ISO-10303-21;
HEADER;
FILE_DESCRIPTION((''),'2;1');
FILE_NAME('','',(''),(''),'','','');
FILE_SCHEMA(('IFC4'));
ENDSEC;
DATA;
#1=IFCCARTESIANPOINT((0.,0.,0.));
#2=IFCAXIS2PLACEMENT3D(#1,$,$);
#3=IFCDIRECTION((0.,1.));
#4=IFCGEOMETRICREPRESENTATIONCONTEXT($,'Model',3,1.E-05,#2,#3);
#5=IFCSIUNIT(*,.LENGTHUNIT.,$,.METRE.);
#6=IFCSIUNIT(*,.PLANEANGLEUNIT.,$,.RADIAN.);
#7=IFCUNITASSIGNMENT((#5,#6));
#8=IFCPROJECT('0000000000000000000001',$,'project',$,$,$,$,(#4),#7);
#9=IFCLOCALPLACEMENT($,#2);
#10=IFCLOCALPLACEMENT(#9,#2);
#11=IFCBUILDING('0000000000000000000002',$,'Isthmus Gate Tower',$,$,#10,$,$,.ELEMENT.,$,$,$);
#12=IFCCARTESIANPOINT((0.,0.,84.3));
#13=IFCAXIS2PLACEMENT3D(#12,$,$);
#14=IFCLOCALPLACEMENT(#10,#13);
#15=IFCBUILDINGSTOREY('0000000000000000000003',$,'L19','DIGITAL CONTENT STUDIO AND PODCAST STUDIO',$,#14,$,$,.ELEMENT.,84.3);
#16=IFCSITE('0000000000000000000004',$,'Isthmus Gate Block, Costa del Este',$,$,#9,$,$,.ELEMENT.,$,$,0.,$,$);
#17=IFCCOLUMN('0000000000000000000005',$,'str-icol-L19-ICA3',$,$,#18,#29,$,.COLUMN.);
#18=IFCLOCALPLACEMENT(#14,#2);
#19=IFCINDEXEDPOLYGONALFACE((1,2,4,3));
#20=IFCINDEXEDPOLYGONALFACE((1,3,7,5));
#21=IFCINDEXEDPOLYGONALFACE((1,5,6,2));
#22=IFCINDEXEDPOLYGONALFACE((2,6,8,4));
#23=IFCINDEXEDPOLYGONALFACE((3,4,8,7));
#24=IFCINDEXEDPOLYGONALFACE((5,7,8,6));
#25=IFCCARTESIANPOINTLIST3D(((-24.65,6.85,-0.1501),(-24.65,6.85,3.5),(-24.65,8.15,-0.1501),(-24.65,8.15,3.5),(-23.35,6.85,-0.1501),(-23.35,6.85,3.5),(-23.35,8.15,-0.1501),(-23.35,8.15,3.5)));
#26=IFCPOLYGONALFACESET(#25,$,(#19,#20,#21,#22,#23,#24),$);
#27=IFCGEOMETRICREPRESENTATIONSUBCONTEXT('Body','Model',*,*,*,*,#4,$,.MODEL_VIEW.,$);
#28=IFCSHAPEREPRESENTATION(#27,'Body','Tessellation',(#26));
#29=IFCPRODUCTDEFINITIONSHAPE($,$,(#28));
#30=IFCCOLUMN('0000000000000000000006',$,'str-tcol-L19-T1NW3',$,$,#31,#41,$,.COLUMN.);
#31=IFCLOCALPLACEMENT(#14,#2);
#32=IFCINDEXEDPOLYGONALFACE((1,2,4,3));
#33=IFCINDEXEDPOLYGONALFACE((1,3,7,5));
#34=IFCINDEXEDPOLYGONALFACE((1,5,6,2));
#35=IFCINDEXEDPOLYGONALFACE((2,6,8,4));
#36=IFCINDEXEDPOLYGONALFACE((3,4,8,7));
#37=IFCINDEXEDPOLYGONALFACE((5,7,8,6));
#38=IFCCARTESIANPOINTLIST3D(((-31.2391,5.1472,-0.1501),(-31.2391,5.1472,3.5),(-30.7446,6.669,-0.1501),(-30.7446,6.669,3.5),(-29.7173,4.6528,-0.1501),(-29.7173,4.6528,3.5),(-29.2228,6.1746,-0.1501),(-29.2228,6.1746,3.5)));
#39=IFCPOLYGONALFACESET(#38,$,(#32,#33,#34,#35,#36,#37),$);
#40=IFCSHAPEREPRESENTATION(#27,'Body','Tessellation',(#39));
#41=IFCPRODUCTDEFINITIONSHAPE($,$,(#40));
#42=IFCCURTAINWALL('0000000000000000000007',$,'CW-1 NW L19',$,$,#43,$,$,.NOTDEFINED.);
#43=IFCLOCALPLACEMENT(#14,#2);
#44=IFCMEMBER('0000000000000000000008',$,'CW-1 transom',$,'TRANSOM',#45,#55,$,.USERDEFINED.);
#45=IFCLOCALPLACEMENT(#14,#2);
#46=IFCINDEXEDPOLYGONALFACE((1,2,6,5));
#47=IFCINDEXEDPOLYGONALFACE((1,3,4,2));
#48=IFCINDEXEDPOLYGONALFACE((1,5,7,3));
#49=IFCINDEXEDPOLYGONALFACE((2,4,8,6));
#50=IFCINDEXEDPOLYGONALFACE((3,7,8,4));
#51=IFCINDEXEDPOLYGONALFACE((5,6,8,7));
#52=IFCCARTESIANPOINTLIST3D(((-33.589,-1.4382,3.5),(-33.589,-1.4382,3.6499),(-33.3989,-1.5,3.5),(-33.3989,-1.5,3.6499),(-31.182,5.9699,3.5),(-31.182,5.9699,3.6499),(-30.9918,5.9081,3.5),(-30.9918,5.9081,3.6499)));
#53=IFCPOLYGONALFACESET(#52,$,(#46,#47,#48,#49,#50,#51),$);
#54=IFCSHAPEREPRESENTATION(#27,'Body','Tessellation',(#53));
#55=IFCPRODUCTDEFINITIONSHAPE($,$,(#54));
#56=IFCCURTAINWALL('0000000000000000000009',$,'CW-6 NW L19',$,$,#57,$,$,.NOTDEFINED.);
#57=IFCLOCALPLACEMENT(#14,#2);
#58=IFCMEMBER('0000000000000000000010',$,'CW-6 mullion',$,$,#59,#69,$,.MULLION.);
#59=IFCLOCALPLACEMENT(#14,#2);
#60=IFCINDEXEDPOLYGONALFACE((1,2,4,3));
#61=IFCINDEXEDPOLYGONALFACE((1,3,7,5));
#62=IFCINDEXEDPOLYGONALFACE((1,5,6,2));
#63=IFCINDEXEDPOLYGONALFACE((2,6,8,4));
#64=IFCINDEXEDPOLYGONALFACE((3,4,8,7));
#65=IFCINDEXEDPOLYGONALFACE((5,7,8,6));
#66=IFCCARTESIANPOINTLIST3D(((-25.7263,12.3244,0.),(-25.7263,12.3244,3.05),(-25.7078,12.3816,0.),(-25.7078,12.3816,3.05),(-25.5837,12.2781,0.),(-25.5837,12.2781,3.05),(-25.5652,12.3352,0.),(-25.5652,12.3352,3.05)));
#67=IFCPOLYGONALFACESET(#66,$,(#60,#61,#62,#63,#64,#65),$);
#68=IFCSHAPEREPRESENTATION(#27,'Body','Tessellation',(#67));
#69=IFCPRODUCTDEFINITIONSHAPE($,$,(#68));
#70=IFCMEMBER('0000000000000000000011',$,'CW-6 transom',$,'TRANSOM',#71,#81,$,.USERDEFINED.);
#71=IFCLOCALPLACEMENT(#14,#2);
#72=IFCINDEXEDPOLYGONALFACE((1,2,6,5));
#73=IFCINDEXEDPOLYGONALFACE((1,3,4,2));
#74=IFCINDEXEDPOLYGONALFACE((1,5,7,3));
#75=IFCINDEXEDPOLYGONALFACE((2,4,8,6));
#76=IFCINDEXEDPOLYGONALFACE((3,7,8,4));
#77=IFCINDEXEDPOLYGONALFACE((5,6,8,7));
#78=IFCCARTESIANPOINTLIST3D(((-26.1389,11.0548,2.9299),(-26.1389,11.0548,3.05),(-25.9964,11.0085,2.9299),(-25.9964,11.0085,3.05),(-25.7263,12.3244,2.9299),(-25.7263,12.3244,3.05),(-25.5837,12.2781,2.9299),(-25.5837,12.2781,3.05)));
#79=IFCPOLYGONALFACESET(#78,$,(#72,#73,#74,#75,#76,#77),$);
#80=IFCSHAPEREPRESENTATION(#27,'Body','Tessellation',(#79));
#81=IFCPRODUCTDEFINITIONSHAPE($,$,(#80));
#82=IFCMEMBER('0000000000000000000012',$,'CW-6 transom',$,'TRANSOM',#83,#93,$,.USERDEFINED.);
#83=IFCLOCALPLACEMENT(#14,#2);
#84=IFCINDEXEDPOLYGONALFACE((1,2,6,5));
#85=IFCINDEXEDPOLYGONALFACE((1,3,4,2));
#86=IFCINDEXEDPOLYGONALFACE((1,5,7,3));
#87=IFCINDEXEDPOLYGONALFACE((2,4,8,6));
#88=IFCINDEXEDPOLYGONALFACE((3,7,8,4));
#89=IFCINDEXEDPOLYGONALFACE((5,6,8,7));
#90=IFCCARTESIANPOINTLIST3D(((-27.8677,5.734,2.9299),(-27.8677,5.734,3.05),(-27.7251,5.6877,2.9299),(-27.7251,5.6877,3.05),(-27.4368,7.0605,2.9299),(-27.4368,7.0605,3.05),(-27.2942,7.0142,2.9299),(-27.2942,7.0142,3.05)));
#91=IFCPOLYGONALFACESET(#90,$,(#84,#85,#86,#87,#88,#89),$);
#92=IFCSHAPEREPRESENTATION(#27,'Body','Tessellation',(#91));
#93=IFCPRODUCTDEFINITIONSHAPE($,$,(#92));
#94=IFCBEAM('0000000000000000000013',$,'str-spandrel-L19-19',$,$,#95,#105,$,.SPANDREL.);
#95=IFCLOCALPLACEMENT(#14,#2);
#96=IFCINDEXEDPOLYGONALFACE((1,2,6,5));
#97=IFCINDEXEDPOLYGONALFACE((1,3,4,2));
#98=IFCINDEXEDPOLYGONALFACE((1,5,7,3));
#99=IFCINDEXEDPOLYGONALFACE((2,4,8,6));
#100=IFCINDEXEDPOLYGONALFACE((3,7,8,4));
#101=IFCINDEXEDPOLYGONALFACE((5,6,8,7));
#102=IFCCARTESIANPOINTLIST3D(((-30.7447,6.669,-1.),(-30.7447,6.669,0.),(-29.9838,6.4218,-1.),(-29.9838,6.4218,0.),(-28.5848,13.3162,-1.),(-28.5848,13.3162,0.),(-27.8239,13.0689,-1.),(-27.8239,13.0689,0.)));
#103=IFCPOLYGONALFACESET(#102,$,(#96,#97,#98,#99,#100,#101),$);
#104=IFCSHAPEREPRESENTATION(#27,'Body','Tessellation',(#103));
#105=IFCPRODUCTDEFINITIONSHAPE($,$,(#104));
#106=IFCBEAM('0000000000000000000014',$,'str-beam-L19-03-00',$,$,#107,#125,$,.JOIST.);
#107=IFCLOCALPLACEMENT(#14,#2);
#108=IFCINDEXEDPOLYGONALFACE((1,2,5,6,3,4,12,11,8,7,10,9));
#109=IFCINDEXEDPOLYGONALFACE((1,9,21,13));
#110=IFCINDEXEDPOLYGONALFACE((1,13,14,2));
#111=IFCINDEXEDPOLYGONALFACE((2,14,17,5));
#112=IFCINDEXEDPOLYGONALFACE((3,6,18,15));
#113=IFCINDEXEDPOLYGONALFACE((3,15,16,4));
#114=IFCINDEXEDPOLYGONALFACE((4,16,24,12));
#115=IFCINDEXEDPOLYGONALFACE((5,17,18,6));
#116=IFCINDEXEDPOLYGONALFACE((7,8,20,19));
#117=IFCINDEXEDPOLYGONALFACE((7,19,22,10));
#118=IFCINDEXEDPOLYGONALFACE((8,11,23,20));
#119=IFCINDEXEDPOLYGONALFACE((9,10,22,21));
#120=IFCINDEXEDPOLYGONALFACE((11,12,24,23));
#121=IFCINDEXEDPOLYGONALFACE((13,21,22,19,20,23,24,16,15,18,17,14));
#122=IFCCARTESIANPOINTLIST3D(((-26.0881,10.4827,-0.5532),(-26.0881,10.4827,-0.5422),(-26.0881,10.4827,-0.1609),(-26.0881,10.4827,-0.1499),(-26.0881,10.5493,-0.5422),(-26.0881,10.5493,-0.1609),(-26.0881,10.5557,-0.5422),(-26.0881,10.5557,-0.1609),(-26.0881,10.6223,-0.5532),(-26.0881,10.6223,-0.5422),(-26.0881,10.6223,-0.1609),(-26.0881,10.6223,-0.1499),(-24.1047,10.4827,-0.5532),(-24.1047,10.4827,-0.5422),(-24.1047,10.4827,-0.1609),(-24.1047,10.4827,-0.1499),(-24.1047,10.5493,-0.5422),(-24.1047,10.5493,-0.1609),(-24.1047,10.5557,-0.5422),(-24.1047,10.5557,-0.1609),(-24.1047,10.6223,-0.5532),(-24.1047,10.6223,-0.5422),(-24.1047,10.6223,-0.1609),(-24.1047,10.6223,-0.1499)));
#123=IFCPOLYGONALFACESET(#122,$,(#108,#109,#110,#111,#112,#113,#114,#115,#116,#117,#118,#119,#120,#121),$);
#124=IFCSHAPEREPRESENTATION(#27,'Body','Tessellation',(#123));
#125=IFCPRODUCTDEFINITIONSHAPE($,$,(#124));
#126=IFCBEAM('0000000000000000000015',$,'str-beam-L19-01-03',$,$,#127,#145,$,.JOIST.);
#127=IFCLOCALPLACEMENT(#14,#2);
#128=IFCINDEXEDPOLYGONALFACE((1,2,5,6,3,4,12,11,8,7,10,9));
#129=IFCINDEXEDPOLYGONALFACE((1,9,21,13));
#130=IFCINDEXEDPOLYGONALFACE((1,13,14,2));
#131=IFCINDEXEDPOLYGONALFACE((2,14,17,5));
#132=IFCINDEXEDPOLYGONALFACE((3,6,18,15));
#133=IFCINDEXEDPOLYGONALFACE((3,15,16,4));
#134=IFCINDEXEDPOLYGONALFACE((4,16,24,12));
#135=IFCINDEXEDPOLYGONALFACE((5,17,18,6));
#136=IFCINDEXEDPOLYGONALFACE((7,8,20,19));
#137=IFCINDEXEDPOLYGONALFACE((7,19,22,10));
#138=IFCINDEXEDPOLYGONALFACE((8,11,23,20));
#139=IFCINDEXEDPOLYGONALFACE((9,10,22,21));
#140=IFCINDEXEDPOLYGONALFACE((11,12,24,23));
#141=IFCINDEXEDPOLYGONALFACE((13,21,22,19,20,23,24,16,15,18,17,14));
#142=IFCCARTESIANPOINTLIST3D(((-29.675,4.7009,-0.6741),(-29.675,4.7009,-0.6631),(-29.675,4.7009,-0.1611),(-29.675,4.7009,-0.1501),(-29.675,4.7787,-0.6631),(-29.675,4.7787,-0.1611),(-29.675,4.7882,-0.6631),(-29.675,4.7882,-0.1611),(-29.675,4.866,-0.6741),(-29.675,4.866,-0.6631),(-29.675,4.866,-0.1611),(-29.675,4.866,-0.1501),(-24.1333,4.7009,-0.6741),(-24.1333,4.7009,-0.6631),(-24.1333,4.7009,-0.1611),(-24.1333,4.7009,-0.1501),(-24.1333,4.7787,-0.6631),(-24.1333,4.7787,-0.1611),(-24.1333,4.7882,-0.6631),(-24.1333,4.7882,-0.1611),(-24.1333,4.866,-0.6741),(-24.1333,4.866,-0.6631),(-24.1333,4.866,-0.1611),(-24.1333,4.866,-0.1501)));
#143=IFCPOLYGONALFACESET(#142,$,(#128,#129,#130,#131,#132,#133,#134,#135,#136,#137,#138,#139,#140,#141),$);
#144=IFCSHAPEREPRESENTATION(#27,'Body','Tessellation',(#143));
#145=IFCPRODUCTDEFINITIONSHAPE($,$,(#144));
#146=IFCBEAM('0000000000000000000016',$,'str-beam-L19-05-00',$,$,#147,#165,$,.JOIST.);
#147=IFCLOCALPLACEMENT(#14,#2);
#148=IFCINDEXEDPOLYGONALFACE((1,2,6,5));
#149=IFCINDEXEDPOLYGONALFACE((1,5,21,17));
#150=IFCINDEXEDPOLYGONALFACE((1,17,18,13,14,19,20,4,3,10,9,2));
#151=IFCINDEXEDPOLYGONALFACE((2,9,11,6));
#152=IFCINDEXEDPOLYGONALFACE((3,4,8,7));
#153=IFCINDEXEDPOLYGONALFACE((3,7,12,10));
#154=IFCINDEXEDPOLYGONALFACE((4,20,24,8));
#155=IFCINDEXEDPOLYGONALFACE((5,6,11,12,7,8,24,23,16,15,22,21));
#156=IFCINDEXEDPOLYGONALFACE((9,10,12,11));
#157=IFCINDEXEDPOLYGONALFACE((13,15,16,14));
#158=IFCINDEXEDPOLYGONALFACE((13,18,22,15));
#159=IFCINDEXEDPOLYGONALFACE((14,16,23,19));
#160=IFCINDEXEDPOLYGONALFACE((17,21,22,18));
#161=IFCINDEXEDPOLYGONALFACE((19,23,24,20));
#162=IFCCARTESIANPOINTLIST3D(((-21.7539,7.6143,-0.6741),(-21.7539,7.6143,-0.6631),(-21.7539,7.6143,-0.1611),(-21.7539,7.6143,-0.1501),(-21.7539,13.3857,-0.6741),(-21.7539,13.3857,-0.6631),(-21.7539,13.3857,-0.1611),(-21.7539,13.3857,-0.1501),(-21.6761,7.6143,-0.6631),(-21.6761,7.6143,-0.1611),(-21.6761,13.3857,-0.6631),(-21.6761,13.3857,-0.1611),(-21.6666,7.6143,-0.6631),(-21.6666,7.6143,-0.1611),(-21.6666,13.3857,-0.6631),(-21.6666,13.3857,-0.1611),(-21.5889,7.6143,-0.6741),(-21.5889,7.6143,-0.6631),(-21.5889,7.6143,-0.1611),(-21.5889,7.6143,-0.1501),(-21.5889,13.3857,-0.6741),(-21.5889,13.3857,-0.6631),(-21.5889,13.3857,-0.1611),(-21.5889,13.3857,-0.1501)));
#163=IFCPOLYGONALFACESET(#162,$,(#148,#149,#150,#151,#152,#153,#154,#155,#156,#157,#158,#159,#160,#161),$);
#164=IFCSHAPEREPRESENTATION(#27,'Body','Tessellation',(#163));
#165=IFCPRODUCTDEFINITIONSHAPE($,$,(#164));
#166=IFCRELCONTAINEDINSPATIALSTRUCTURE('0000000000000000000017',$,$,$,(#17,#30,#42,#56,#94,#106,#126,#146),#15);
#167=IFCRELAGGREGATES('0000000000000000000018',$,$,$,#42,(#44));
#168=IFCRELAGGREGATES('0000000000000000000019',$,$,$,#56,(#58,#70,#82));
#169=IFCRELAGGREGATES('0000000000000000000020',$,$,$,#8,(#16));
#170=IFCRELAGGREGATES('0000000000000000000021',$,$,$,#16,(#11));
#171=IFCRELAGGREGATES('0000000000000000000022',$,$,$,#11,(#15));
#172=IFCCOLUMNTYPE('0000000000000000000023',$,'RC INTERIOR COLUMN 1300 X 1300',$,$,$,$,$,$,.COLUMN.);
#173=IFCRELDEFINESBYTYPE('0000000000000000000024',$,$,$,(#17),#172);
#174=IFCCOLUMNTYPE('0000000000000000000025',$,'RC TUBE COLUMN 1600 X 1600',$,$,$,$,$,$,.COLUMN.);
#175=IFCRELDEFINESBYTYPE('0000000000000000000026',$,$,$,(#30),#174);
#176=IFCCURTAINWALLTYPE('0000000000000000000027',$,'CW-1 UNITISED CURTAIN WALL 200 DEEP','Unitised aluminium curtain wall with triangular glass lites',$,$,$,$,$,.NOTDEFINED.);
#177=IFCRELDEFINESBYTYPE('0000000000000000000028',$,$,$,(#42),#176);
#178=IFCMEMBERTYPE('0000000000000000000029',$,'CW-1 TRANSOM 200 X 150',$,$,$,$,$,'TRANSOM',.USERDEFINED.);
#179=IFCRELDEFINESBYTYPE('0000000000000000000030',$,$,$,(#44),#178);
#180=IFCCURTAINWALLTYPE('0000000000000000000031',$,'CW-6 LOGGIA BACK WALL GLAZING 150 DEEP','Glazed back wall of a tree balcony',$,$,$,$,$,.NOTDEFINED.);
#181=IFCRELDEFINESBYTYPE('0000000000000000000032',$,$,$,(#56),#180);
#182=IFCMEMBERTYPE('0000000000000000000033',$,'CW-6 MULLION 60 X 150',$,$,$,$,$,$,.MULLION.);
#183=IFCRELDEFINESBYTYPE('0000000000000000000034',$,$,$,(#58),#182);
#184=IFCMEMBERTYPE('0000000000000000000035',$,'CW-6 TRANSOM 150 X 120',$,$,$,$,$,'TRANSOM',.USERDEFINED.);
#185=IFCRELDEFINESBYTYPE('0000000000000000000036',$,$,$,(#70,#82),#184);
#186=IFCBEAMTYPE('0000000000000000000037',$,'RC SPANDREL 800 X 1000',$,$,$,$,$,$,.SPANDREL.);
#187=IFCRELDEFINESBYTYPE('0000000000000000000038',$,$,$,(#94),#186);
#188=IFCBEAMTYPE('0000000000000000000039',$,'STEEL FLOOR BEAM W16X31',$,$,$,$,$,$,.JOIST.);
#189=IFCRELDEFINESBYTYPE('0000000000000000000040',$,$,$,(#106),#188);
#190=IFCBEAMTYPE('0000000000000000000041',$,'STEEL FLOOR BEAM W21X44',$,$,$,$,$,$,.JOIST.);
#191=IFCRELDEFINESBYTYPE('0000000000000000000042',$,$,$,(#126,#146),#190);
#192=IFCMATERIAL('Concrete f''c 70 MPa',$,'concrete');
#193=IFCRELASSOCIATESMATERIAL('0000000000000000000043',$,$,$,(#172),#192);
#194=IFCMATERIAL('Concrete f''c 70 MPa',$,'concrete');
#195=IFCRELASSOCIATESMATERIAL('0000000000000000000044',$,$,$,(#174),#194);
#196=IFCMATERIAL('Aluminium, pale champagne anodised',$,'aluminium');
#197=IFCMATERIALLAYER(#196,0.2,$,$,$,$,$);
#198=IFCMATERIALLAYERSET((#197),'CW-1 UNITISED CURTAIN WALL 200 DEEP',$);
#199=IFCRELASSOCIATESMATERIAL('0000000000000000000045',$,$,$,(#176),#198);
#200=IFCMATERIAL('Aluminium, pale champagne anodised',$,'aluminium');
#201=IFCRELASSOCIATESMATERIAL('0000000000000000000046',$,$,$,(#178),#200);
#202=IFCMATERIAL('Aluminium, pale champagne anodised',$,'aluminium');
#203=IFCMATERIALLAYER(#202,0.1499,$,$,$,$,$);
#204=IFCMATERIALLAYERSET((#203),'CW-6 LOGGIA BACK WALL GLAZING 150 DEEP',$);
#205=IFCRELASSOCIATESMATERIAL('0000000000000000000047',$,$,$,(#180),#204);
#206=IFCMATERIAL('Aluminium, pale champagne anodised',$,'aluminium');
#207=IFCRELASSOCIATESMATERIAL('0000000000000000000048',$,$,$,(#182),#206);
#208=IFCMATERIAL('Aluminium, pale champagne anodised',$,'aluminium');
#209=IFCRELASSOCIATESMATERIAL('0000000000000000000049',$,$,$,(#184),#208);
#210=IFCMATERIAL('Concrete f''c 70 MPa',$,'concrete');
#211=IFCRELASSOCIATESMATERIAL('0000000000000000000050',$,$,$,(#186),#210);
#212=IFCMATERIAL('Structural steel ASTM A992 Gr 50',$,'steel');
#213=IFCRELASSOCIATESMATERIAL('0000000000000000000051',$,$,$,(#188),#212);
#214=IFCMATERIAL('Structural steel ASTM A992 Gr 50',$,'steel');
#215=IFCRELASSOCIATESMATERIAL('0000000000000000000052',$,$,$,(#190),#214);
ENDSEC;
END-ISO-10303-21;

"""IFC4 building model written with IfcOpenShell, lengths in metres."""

from ifc_helpers import new_model, si_unit, direction, frame, origin, origin_2d, place, context, subcontext, project, spatial, rectangle, i_section, extrude, material, layer, layer_set, material_profile, profile_set, type_object, element, aggregate, save


model = new_model("IFC4")

# Units and contexts
model_context = context("Model", 3, precision=1e-05, world=origin(), true_north=direction((0.0, 1.0)))
body_context = subcontext(model_context, "Body", "Model", "MODEL_VIEW")
ifc_project = project(units=[si_unit("LENGTHUNIT", "METRE"), si_unit("PLANEANGLEUNIT", "RADIAN")], contexts=[model_context])

# Site, building, storey
site_placement = place(None, origin())
site = spatial("IfcSite", under=ifc_project, at=site_placement, Name="Isthmus Gate Block, Costa del Este", CompositionType="ELEMENT", RefElevation=0.0)
building_placement = place(site_placement, origin())
building = spatial("IfcBuilding", under=site, at=building_placement, Name="Isthmus Gate Tower", CompositionType="ELEMENT")
storey_placement = place(building_placement, frame((0.0, 0.0, 84.3)))
storey = spatial("IfcBuildingStorey", under=building, at=storey_placement, Name="L19", Description="DIGITAL CONTENT STUDIO AND PODCAST STUDIO", CompositionType="ELEMENT", Elevation=84.3)

# Columns
ifc_material_1 = material(Name="Concrete f'c 70 MPa", Category="concrete")
ifc_material_profile_1 = material_profile(ifc_material_1, rectangle(XDim=1.3, YDim=1.3, at=origin_2d()), Name="RC 1300X1300")
ifc_profile_set_1 = profile_set([ifc_material_profile_1], Name="Concrete f'c 70 MPa")
column_type_1 = type_object("IfcColumnType", Name="RC INTERIOR COLUMN 1300 X 1300", PredefinedType="COLUMN", material=ifc_profile_set_1)
column_1_placement = place(storey_placement, frame((-24.0, 7.5, -0.1501), z_axis=(0.0, 0.0, 1.0), x_axis=(1.0, 0.0, 0.0)))
element("IfcColumn", 1, at=column_1_placement, inside=storey, type_object=column_type_1, Name="str-icol-L19-ICA3", PredefinedType="COLUMN", context=body_context, shape_type="SweptSolid", body=[
    extrude(rectangle(XDim=1.3, YDim=1.3, at=origin_2d()), origin(), (0.0, 0.0, 1.0), 3.6501),
])
ifc_material_2 = material(Name="Concrete f'c 70 MPa", Category="concrete")
ifc_material_profile_2 = material_profile(ifc_material_2, rectangle(XDim=1.6001, YDim=1.6001, at=origin_2d()), Name="RC 1600X1600")
ifc_profile_set_2 = profile_set([ifc_material_profile_2], Name="Concrete f'c 70 MPa")
column_type_2 = type_object("IfcColumnType", Name="RC TUBE COLUMN 1600 X 1600", PredefinedType="COLUMN", material=ifc_profile_set_2)
column_2_placement = place(storey_placement, frame((-30.231, 5.6609, -0.1501), z_axis=(0.0, 0.0, 1.0), x_axis=(-0.309017, -0.951057, 0.0)))
element("IfcColumn", 2, at=column_2_placement, inside=storey, type_object=column_type_2, Name="str-tcol-L19-T1NW3", PredefinedType="COLUMN", context=body_context, shape_type="SweptSolid", body=[
    extrude(rectangle(XDim=1.6001, YDim=1.6001, at=origin_2d()), origin(), (0.0, 0.0, 1.0), 3.6501),
])

# Curtain wall, member
ifc_material_3 = material(Name="Aluminium, pale champagne anodised", Category="aluminium")
ifc_layer_1 = layer(ifc_material_3, 0.2)
ifc_layer_set_1 = layer_set([ifc_layer_1], Name="CW-1 UNITISED CURTAIN WALL 200 DEEP")
curtain_wall_type_1 = type_object("IfcCurtainWallType", Name="CW-1 UNITISED CURTAIN WALL 200 DEEP", Description="Unitised aluminium curtain wall with triangular glass lites", PredefinedType="NOTDEFINED", material=ifc_layer_set_1)
curtain_wall_1_placement = place(storey_placement, origin())
curtain_wall_1 = element("IfcCurtainWall", 3, at=curtain_wall_1_placement, inside=storey, type_object=curtain_wall_type_1, Name="CW-1 NW L19", PredefinedType="NOTDEFINED")
ifc_material_4 = material(Name="Aluminium, pale champagne anodised", Category="aluminium")
ifc_material_profile_3 = material_profile(ifc_material_4, rectangle(XDim=0.2, YDim=0.1499, at=origin_2d()), Name="200x150")
ifc_profile_set_3 = profile_set([ifc_material_profile_3], Name="Aluminium, pale champagne anodised")
member_type_1 = type_object("IfcMemberType", Name="CW-1 TRANSOM 200 X 150", ElementType="TRANSOM", PredefinedType="USERDEFINED", material=ifc_profile_set_3)
member_1_placement = place(storey_placement, frame((-31.0869, 5.939, 3.575), z_axis=(-0.309016, -0.951057, 0.0), x_axis=(0.951057, -0.309016, 0.0)))
member_1 = element("IfcMember", 4, at=member_1_placement, type_object=member_type_1, Name="CW-1 transom", ObjectType="TRANSOM", PredefinedType="USERDEFINED", context=body_context, shape_type="SweptSolid", body=[
    extrude(rectangle(XDim=0.2, YDim=0.1499, at=origin_2d()), origin(), (0.0, 0.0, 1.0), 7.7893),
])
aggregate(curtain_wall_1, [member_1])

# Curtain wall, members
ifc_material_5 = material(Name="Aluminium, pale champagne anodised", Category="aluminium")
ifc_layer_2 = layer(ifc_material_5, 0.1499)
ifc_layer_set_2 = layer_set([ifc_layer_2], Name="CW-6 LOGGIA BACK WALL GLAZING 150 DEEP")
curtain_wall_type_2 = type_object("IfcCurtainWallType", Name="CW-6 LOGGIA BACK WALL GLAZING 150 DEEP", Description="Glazed back wall of a tree balcony", PredefinedType="NOTDEFINED", material=ifc_layer_set_2)
curtain_wall_2_placement = place(storey_placement, origin())
curtain_wall_2 = element("IfcCurtainWall", 5, at=curtain_wall_2_placement, inside=storey, type_object=curtain_wall_type_2, Name="CW-6 NW L19", PredefinedType="NOTDEFINED")
ifc_material_6 = material(Name="Aluminium, pale champagne anodised", Category="aluminium")
ifc_material_profile_4 = material_profile(ifc_material_6, rectangle(XDim=0.0601, YDim=0.1499, at=origin_2d()), Name="60x150")
ifc_profile_set_4 = profile_set([ifc_material_profile_4], Name="Aluminium, pale champagne anodised")
member_type_2 = type_object("IfcMemberType", Name="CW-6 MULLION 60 X 150", PredefinedType="MULLION", material=ifc_profile_set_4)
member_2_placement = place(storey_placement, frame((-25.6458, 12.3298, 0.0), z_axis=(0.0, 0.0, 1.0), x_axis=(-0.309017, -0.951057, 0.0)))
member_2 = element("IfcMember", 6, at=member_2_placement, type_object=member_type_2, Name="CW-6 mullion", PredefinedType="MULLION", context=body_context, shape_type="SweptSolid", body=[
    extrude(rectangle(XDim=0.0601, YDim=0.1499, at=origin_2d()), origin(), (0.0, 0.0, 1.0), 3.05),
])
ifc_material_7 = material(Name="Aluminium, pale champagne anodised", Category="aluminium")
ifc_material_profile_5 = material_profile(ifc_material_7, rectangle(XDim=0.1499, YDim=0.1201, at=origin_2d()), Name="150x120")
ifc_profile_set_5 = profile_set([ifc_material_profile_5], Name="Aluminium, pale champagne anodised")
member_type_3 = type_object("IfcMemberType", Name="CW-6 TRANSOM 150 X 120", ElementType="TRANSOM", PredefinedType="USERDEFINED", material=ifc_profile_set_5)
member_3_placement = place(storey_placement, frame((-25.655, 12.3013, 2.99), z_axis=(-0.309086, -0.951034, 0.0), x_axis=(0.951034, -0.309086, 0.0)))
member_3 = element("IfcMember", 7, at=member_3_placement, type_object=member_type_3, Name="CW-6 transom", ObjectType="TRANSOM", PredefinedType="USERDEFINED", context=body_context, shape_type="SweptSolid", body=[
    extrude(rectangle(XDim=0.1499, YDim=0.1201, at=origin_2d()), origin(), (0.0, 0.0, 1.0), 1.335),
])
member_4_placement = place(storey_placement, frame((-27.3655, 7.0374, 2.99), z_axis=(-0.308971, -0.951071, 0.0), x_axis=(0.951071, -0.308971, 0.0)))
member_4 = element("IfcMember", 8, at=member_4_placement, type_object=member_type_3, Name="CW-6 transom", ObjectType="TRANSOM", PredefinedType="USERDEFINED", context=body_context, shape_type="SweptSolid", body=[
    extrude(rectangle(XDim=0.1499, YDim=0.1201, at=origin_2d()), origin(), (0.0, 0.0, 1.0), 1.3948),
])

# Beams
ifc_material_8 = material(Name="Concrete f'c 70 MPa", Category="concrete")
ifc_material_profile_6 = material_profile(ifc_material_8, rectangle(XDim=0.8, YDim=1.0, at=origin_2d()), Name="RC 800X1000")
ifc_profile_set_6 = profile_set([ifc_material_profile_6], Name="Concrete f'c 70 MPa")
beam_type_1 = type_object("IfcBeamType", Name="RC SPANDREL 800 X 1000", PredefinedType="SPANDREL", material=ifc_profile_set_6)
beam_1_placement = place(storey_placement, frame((-30.3643, 6.5454, -0.5), z_axis=(0.30903, 0.951052, 0.0), x_axis=(-0.951052, 0.30903, 0.0)))
element("IfcBeam", 9, at=beam_1_placement, inside=storey, type_object=beam_type_1, Name="str-spandrel-L19-19", PredefinedType="SPANDREL", context=body_context, shape_type="SweptSolid", body=[
    extrude(rectangle(XDim=0.8, YDim=1.0, at=origin_2d()), origin(), (0.0, 0.0, 1.0), 6.9893),
])
ifc_material_9 = material(Name="Structural steel ASTM A992 Gr 50", Category="steel")
ifc_material_profile_7 = material_profile(ifc_material_9, i_section(OverallWidth=0.1396, OverallDepth=0.4033, WebThickness=0.0063, FlangeThickness=0.011, at=origin_2d()), Name="W16X31")
ifc_profile_set_7 = profile_set([ifc_material_profile_7], Name="Structural steel ASTM A992 Gr 50")
beam_type_2 = type_object("IfcBeamType", Name="STEEL FLOOR BEAM W16X31", PredefinedType="JOIST", material=ifc_profile_set_7)
beam_2_placement = place(storey_placement, frame((-26.0881, 10.5525, -0.3516), z_axis=(1.0, 0.0, 0.0), x_axis=(0.0, 1.0, 0.0)))
element("IfcBeam", 10, at=beam_2_placement, inside=storey, type_object=beam_type_2, Name="str-beam-L19-03-00", PredefinedType="JOIST", context=body_context, shape_type="SweptSolid", body=[
    extrude(i_section(OverallWidth=0.1396, OverallDepth=0.4033, WebThickness=0.0063, FlangeThickness=0.011, at=origin_2d()), origin(), (0.0, 0.0, 1.0), 1.9834),
])
ifc_material_10 = material(Name="Structural steel ASTM A992 Gr 50", Category="steel")
ifc_material_profile_8 = material_profile(ifc_material_10, i_section(OverallWidth=0.165, OverallDepth=0.5239, WebThickness=0.0095, FlangeThickness=0.011, at=origin_2d()), Name="W21X44")
ifc_profile_set_8 = profile_set([ifc_material_profile_8], Name="Structural steel ASTM A992 Gr 50")
beam_type_3 = type_object("IfcBeamType", Name="STEEL FLOOR BEAM W21X44", PredefinedType="JOIST", material=ifc_profile_set_8)
beam_3_placement = place(storey_placement, frame((-29.675, 4.7834, -0.4121), z_axis=(1.0, 0.0, 0.0), x_axis=(0.0, 1.0, 0.0)))
element("IfcBeam", 11, at=beam_3_placement, inside=storey, type_object=beam_type_3, Name="str-beam-L19-01-03", PredefinedType="JOIST", context=body_context, shape_type="SweptSolid", body=[
    extrude(i_section(OverallWidth=0.165, OverallDepth=0.5239, WebThickness=0.0095, FlangeThickness=0.011, at=origin_2d()), origin(), (0.0, 0.0, 1.0), 5.5417),
])
beam_4_placement = place(storey_placement, frame((-21.6714, 7.6143, -0.4121), z_axis=(0.0, 1.0, 0.0), x_axis=(-1.0, 0.0, 0.0)))
element("IfcBeam", 12, at=beam_4_placement, inside=storey, type_object=beam_type_3, Name="str-beam-L19-05-00", PredefinedType="JOIST", context=body_context, shape_type="SweptSolid", body=[
    extrude(i_section(OverallWidth=0.165, OverallDepth=0.5239, WebThickness=0.0095, FlangeThickness=0.011, at=origin_2d()), origin(), (0.0, 0.0, 1.0), 5.7715),
])

aggregate(curtain_wall_2, [member_2, member_3, member_4])

save(model, "model.ifc")
